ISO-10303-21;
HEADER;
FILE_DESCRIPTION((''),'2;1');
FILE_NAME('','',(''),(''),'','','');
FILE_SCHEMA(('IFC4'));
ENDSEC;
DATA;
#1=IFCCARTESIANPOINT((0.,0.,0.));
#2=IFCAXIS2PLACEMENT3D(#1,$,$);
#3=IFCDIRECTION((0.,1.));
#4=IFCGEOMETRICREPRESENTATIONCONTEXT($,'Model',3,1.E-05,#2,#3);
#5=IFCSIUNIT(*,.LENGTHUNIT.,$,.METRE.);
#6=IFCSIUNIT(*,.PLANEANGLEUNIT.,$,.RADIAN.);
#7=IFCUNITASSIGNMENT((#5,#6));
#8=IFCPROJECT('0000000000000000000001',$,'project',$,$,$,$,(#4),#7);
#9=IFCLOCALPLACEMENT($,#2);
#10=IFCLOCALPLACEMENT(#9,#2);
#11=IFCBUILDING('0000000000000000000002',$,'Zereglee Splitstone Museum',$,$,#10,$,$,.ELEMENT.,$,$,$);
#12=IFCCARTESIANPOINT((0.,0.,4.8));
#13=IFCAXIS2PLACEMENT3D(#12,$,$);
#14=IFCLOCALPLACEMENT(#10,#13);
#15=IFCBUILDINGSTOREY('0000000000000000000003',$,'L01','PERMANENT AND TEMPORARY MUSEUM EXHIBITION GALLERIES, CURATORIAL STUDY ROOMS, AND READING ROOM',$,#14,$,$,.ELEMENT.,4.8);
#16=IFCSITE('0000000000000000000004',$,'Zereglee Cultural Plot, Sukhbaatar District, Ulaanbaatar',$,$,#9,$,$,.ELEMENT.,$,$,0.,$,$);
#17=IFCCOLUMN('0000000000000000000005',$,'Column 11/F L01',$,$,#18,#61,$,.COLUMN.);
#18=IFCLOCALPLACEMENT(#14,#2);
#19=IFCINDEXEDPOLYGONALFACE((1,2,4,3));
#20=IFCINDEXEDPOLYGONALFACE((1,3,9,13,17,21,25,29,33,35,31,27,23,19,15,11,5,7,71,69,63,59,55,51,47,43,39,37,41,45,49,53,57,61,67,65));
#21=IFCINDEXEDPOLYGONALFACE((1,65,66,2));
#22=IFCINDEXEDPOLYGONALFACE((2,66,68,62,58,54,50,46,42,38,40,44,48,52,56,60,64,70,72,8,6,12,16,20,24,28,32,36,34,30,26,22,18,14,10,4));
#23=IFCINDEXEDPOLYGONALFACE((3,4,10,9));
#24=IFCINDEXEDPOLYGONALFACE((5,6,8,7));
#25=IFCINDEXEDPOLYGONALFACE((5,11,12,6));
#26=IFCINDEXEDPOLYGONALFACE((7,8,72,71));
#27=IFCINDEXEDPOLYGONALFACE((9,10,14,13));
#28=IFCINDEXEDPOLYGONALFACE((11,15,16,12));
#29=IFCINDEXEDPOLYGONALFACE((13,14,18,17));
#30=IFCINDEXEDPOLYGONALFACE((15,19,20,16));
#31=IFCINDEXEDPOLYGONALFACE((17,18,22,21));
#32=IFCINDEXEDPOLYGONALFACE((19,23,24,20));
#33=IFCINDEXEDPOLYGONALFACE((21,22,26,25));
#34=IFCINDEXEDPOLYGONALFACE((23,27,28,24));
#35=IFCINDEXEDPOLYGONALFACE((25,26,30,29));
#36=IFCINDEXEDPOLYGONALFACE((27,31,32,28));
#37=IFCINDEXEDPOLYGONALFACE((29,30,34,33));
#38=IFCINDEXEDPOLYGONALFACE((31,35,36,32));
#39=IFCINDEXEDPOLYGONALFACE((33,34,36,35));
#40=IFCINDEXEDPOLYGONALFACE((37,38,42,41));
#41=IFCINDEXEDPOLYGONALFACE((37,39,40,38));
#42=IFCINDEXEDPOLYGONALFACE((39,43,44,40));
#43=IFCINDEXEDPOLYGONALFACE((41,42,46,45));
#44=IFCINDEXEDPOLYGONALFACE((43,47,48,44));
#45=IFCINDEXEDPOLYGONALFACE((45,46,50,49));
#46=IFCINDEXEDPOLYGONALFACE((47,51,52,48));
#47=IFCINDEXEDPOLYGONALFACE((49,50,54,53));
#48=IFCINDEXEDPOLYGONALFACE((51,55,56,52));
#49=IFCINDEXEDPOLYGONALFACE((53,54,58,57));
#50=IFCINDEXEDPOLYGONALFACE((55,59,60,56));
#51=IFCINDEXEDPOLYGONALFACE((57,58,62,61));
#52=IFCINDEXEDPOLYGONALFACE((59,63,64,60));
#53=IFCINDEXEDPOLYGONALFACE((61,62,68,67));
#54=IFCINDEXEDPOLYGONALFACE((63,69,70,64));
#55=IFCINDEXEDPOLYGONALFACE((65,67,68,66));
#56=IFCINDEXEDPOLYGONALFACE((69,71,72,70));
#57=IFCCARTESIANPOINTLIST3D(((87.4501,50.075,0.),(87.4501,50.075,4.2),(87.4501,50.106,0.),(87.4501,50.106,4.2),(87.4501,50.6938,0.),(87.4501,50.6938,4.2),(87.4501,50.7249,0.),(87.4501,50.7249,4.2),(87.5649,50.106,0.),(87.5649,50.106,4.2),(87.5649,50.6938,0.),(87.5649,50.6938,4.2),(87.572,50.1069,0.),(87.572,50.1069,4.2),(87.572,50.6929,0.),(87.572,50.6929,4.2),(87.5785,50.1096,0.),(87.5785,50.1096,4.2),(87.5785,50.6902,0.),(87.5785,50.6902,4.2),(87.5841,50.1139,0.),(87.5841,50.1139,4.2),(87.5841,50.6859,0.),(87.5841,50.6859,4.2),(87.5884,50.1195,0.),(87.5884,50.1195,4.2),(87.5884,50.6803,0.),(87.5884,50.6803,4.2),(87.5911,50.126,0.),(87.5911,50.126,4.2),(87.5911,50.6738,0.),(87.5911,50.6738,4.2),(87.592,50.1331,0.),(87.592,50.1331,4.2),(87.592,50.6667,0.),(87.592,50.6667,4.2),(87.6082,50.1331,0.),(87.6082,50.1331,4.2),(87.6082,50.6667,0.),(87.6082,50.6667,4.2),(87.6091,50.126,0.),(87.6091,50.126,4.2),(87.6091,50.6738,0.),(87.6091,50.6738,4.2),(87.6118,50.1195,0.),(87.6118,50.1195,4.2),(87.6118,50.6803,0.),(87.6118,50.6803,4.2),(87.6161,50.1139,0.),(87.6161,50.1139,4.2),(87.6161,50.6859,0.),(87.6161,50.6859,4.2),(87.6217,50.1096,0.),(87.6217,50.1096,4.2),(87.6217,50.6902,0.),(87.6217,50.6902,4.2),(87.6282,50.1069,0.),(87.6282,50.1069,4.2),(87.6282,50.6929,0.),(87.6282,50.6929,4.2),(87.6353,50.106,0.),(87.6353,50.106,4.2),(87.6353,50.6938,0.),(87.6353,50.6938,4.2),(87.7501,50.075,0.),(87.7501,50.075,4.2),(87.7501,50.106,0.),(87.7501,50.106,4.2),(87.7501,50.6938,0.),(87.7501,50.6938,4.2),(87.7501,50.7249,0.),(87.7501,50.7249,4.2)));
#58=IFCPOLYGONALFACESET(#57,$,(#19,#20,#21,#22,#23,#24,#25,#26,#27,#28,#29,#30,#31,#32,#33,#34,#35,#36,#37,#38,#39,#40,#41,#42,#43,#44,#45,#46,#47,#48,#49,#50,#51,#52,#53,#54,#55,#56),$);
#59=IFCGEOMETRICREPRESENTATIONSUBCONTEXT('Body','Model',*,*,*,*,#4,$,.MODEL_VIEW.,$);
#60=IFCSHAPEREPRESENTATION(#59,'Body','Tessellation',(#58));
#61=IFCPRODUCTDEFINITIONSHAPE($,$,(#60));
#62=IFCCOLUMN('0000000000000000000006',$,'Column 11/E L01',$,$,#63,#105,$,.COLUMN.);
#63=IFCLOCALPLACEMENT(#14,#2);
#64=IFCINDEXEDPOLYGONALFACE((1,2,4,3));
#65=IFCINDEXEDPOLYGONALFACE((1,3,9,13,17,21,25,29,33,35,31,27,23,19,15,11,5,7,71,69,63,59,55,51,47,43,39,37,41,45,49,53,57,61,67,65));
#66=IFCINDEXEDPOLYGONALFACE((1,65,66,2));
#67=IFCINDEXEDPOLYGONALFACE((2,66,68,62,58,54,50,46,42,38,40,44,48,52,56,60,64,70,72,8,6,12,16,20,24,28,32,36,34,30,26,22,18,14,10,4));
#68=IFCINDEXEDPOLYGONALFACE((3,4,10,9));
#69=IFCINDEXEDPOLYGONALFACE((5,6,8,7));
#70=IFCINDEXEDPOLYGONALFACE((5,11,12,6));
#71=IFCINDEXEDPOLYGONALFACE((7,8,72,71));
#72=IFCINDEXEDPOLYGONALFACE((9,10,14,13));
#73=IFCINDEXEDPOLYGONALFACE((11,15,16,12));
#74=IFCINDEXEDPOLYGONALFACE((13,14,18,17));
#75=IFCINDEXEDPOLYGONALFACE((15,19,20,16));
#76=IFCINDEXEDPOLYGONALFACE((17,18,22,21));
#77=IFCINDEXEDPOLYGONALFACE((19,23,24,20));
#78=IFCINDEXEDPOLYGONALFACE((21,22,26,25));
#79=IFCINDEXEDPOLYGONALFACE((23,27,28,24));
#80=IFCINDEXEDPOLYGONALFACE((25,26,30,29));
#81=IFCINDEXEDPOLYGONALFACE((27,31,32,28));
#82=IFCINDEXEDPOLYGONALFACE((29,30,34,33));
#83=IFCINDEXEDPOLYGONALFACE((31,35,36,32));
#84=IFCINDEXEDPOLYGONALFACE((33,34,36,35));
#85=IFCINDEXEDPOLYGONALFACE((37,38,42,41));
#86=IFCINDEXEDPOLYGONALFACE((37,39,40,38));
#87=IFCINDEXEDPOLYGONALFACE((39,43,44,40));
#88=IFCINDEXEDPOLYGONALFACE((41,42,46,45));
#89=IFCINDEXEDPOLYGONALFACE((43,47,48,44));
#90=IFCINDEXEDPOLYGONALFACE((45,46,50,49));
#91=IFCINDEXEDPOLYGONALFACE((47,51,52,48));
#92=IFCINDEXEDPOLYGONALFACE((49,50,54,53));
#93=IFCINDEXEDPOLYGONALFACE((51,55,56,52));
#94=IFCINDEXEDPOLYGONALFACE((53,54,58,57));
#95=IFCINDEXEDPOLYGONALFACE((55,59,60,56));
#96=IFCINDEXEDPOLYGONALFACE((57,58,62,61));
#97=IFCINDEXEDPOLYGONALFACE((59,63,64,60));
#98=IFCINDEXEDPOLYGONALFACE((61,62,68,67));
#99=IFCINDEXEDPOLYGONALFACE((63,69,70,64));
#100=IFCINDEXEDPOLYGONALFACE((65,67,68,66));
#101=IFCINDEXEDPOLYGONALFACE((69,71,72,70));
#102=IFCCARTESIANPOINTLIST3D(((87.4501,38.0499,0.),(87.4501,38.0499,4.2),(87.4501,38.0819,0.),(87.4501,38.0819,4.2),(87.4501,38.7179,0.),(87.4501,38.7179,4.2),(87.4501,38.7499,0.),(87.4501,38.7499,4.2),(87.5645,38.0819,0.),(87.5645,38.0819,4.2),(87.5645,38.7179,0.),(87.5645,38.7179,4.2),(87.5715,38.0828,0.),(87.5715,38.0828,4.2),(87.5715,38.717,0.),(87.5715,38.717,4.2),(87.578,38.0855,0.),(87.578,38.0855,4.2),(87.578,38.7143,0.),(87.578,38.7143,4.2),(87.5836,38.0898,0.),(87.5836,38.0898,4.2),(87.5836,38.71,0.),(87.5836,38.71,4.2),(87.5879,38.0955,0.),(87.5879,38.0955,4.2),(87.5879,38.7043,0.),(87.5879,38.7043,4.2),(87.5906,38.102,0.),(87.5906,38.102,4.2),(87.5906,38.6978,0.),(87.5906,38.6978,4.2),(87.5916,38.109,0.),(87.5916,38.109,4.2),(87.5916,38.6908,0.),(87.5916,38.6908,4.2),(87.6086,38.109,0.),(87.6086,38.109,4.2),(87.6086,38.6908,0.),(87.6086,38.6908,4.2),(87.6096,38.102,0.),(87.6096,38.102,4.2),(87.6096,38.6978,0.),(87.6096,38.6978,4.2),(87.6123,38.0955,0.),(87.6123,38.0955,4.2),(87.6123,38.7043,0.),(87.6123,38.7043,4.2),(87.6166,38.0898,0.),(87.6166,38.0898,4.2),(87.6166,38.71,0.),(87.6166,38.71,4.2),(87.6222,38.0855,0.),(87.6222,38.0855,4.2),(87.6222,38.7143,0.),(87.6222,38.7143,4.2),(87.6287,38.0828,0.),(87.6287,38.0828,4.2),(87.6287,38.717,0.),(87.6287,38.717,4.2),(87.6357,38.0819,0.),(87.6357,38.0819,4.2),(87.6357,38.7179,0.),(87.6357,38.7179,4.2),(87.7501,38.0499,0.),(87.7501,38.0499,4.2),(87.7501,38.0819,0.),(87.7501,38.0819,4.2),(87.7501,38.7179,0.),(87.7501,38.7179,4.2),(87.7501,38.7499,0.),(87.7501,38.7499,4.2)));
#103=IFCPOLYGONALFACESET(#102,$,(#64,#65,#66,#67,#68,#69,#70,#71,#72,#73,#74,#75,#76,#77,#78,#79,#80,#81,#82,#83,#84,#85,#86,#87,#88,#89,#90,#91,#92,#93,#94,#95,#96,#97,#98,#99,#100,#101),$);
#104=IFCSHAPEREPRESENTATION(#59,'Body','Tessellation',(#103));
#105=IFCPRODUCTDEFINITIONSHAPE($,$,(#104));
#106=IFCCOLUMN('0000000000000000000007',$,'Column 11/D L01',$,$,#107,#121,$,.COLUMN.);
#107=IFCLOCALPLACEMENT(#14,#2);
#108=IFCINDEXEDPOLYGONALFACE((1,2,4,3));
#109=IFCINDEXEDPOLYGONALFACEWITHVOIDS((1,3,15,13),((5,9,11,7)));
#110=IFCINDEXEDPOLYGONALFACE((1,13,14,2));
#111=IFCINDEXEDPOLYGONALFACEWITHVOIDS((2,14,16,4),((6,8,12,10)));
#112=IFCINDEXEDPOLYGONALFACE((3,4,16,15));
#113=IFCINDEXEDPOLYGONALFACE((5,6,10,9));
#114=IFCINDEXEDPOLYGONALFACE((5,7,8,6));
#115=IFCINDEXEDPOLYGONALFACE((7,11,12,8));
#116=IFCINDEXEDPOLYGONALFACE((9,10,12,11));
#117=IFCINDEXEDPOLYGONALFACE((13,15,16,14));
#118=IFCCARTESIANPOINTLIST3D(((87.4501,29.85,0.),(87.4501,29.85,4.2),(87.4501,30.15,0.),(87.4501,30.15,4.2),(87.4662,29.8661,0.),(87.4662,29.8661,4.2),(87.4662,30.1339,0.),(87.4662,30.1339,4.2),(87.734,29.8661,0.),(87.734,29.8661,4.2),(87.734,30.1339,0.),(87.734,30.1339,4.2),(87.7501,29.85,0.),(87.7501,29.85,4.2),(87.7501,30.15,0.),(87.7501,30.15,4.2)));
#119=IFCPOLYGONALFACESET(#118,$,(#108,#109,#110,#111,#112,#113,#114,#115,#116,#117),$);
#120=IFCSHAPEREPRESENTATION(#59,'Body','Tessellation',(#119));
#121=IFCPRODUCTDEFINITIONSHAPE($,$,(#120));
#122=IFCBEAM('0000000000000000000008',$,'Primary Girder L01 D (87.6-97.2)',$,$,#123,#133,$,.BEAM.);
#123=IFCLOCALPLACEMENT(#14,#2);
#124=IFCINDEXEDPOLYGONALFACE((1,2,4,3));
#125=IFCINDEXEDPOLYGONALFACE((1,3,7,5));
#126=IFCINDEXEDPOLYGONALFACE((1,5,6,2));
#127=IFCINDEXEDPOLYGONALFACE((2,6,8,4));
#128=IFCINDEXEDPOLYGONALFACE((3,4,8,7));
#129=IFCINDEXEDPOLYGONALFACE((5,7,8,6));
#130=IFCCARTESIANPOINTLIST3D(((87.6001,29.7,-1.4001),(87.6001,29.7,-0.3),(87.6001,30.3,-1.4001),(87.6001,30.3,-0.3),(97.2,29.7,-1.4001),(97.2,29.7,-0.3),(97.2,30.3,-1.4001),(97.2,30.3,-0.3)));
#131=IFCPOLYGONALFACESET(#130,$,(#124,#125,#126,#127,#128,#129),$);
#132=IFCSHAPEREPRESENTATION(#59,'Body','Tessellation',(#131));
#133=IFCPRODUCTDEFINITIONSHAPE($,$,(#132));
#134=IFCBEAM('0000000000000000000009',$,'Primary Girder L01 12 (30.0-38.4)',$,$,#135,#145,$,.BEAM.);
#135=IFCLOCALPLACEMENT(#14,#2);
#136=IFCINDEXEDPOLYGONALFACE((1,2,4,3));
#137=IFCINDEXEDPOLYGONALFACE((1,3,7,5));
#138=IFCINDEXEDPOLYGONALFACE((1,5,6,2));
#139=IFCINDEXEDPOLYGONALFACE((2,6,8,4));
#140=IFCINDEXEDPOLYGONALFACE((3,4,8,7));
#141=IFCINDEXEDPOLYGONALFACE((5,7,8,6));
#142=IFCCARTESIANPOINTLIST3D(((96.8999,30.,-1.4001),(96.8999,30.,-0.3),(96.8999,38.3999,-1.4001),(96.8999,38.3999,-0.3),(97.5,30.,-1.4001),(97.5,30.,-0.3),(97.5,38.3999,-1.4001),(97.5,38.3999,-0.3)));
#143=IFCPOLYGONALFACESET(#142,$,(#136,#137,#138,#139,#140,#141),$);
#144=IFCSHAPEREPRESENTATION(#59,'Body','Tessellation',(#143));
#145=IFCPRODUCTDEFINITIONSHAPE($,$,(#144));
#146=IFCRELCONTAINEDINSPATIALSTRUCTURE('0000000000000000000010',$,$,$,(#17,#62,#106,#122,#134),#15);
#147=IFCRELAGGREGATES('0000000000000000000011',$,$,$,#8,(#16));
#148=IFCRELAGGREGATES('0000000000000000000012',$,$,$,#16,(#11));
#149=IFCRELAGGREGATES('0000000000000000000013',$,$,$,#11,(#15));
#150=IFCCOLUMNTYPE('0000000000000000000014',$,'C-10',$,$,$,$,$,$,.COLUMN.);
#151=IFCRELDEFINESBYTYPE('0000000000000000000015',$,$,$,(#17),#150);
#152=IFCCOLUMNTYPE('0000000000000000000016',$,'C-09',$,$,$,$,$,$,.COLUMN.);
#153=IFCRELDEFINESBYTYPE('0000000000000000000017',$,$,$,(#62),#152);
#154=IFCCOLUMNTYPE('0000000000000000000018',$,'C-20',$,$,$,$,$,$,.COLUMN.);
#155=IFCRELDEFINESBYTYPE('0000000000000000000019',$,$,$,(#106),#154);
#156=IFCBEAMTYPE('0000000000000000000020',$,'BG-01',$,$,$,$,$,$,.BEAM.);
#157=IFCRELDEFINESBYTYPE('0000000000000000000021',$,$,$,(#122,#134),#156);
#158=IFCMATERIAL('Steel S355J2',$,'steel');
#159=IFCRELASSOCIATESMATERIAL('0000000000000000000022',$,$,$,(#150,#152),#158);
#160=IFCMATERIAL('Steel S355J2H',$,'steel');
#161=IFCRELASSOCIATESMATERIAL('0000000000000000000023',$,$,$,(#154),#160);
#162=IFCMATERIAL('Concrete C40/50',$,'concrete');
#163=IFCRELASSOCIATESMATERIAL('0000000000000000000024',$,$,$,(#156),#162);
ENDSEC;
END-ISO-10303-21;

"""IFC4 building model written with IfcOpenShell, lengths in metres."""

from ifc_helpers import new_model, si_unit, direction, frame, origin, origin_2d, place, context, subcontext, project, spatial, rectangle, hollow_rectangle, i_section, extrude, material, material_profile, profile_set, type_object, element, save


model = new_model("IFC4")

# Units and contexts
model_context = context("Model", 3, precision=1e-05, world=origin(), true_north=direction((0.0, 1.0)))
body_context = subcontext(model_context, "Body", "Model", "MODEL_VIEW")
ifc_project = project(units=[si_unit("LENGTHUNIT", "METRE"), si_unit("PLANEANGLEUNIT", "RADIAN")], contexts=[model_context])

# Site, building, storey
site_placement = place(None, origin())
site = spatial("IfcSite", under=ifc_project, at=site_placement, Name="Zereglee Cultural Plot, Sukhbaatar District, Ulaanbaatar", CompositionType="ELEMENT", RefElevation=0.0)
building_placement = place(site_placement, origin())
building = spatial("IfcBuilding", under=site, at=building_placement, Name="Zereglee Splitstone Museum", CompositionType="ELEMENT")
storey_placement = place(building_placement, frame((0.0, 0.0, 4.8)))
storey = spatial("IfcBuildingStorey", under=building, at=storey_placement, Name="L01", Description="PERMANENT AND TEMPORARY MUSEUM EXHIBITION GALLERIES, CURATORIAL STUDY ROOMS, AND READING ROOM", CompositionType="ELEMENT", Elevation=4.8)

# Columns
ifc_material_1 = material(Name="Steel S355J2", Category="steel")
ifc_material_profile_1 = material_profile(ifc_material_1, i_section(OverallWidth=0.3, OverallDepth=0.6499, WebThickness=0.0161, FlangeThickness=0.031, FilletRadius=0.0271, at=origin_2d()), Name="HE 650 B")
ifc_profile_set_1 = profile_set([ifc_material_profile_1], Name="Steel S355J2")
column_type_1 = type_object("IfcColumnType", Name="C-10", PredefinedType="COLUMN", material=ifc_profile_set_1)
column_1_placement = place(storey_placement, frame((87.6001, 50.3999, 0.0), z_axis=(0.0, 0.0, 1.0), x_axis=(1.0, 0.0, 0.0)))
element("IfcColumn", 1, at=column_1_placement, inside=storey, type_object=column_type_1, Name="Column 11/F L01", PredefinedType="COLUMN", context=body_context, shape_type="SweptSolid", body=[
    extrude(i_section(OverallWidth=0.3, OverallDepth=0.6499, WebThickness=0.0161, FlangeThickness=0.031, FilletRadius=0.0271, at=origin_2d()), origin(), (0.0, 0.0, 1.0), 4.2),
])
ifc_material_profile_2 = material_profile(ifc_material_1, i_section(OverallWidth=0.3, OverallDepth=0.7, WebThickness=0.0171, FlangeThickness=0.032, FilletRadius=0.0271, at=origin_2d()), Name="HE 700 B")
ifc_profile_set_2 = profile_set([ifc_material_profile_2], Name="Steel S355J2")
column_type_2 = type_object("IfcColumnType", Name="C-09", PredefinedType="COLUMN", material=ifc_profile_set_2)
column_2_placement = place(storey_placement, frame((87.6001, 38.3999, 0.0), z_axis=(0.0, 0.0, 1.0), x_axis=(1.0, 0.0, 0.0)))
element("IfcColumn", 2, at=column_2_placement, inside=storey, type_object=column_type_2, Name="Column 11/E L01", PredefinedType="COLUMN", context=body_context, shape_type="SweptSolid", body=[
    extrude(i_section(OverallWidth=0.3, OverallDepth=0.7, WebThickness=0.0171, FlangeThickness=0.032, FilletRadius=0.0271, at=origin_2d()), origin(), (0.0, 0.0, 1.0), 4.2),
])
ifc_material_2 = material(Name="Steel S355J2H", Category="steel")
ifc_material_profile_3 = material_profile(ifc_material_2, hollow_rectangle(XDim=0.3, YDim=0.3, WallThickness=0.0161, at=origin_2d()), Name="SHS 300x300x16")
ifc_profile_set_3 = profile_set([ifc_material_profile_3], Name="Steel S355J2H")
column_type_3 = type_object("IfcColumnType", Name="C-20", PredefinedType="COLUMN", material=ifc_profile_set_3)
column_3_placement = place(storey_placement, frame((87.6001, 30.0, 0.0), z_axis=(0.0, 0.0, 1.0), x_axis=(1.0, 0.0, 0.0)))
element("IfcColumn", 3, at=column_3_placement, inside=storey, type_object=column_type_3, Name="Column 11/D L01", PredefinedType="COLUMN", context=body_context, shape_type="SweptSolid", body=[
    extrude(hollow_rectangle(XDim=0.3, YDim=0.3, WallThickness=0.0161, at=origin_2d()), origin(), (0.0, 0.0, 1.0), 4.2),
])

# Beams
ifc_material_3 = material(Name="Concrete C40/50", Category="concrete")
ifc_material_profile_4 = material_profile(ifc_material_3, rectangle(XDim=0.6001, YDim=1.1001, at=origin_2d()), Name="RC 600x1100")
ifc_profile_set_4 = profile_set([ifc_material_profile_4], Name="Concrete C40/50")
beam_type_1 = type_object("IfcBeamType", Name="BG-01", PredefinedType="BEAM", material=ifc_profile_set_4)
beam_1_placement = place(storey_placement, frame((87.6001, 30.0, -0.8501), z_axis=(1.0, 0.0, 0.0), x_axis=(0.0, 1.0, 0.0)))
element("IfcBeam", 4, at=beam_1_placement, inside=storey, type_object=beam_type_1, Name="Primary Girder L01 D (87.6-97.2)", PredefinedType="BEAM", context=body_context, shape_type="SweptSolid", body=[
    extrude(rectangle(XDim=0.6001, YDim=1.1001, at=origin_2d()), origin(), (0.0, 0.0, 1.0), 9.5999),
])
beam_2_placement = place(storey_placement, frame((97.2, 30.0, -0.8501), z_axis=(0.0, 1.0, 0.0), x_axis=(-1.0, 0.0, 0.0)))
element("IfcBeam", 5, at=beam_2_placement, inside=storey, type_object=beam_type_1, Name="Primary Girder L01 12 (30.0-38.4)", PredefinedType="BEAM", context=body_context, shape_type="SweptSolid", body=[
    extrude(rectangle(XDim=0.6001, YDim=1.1001, at=origin_2d()), origin(), (0.0, 0.0, 1.0), 8.3999),
])

save(model, "model.ifc")
